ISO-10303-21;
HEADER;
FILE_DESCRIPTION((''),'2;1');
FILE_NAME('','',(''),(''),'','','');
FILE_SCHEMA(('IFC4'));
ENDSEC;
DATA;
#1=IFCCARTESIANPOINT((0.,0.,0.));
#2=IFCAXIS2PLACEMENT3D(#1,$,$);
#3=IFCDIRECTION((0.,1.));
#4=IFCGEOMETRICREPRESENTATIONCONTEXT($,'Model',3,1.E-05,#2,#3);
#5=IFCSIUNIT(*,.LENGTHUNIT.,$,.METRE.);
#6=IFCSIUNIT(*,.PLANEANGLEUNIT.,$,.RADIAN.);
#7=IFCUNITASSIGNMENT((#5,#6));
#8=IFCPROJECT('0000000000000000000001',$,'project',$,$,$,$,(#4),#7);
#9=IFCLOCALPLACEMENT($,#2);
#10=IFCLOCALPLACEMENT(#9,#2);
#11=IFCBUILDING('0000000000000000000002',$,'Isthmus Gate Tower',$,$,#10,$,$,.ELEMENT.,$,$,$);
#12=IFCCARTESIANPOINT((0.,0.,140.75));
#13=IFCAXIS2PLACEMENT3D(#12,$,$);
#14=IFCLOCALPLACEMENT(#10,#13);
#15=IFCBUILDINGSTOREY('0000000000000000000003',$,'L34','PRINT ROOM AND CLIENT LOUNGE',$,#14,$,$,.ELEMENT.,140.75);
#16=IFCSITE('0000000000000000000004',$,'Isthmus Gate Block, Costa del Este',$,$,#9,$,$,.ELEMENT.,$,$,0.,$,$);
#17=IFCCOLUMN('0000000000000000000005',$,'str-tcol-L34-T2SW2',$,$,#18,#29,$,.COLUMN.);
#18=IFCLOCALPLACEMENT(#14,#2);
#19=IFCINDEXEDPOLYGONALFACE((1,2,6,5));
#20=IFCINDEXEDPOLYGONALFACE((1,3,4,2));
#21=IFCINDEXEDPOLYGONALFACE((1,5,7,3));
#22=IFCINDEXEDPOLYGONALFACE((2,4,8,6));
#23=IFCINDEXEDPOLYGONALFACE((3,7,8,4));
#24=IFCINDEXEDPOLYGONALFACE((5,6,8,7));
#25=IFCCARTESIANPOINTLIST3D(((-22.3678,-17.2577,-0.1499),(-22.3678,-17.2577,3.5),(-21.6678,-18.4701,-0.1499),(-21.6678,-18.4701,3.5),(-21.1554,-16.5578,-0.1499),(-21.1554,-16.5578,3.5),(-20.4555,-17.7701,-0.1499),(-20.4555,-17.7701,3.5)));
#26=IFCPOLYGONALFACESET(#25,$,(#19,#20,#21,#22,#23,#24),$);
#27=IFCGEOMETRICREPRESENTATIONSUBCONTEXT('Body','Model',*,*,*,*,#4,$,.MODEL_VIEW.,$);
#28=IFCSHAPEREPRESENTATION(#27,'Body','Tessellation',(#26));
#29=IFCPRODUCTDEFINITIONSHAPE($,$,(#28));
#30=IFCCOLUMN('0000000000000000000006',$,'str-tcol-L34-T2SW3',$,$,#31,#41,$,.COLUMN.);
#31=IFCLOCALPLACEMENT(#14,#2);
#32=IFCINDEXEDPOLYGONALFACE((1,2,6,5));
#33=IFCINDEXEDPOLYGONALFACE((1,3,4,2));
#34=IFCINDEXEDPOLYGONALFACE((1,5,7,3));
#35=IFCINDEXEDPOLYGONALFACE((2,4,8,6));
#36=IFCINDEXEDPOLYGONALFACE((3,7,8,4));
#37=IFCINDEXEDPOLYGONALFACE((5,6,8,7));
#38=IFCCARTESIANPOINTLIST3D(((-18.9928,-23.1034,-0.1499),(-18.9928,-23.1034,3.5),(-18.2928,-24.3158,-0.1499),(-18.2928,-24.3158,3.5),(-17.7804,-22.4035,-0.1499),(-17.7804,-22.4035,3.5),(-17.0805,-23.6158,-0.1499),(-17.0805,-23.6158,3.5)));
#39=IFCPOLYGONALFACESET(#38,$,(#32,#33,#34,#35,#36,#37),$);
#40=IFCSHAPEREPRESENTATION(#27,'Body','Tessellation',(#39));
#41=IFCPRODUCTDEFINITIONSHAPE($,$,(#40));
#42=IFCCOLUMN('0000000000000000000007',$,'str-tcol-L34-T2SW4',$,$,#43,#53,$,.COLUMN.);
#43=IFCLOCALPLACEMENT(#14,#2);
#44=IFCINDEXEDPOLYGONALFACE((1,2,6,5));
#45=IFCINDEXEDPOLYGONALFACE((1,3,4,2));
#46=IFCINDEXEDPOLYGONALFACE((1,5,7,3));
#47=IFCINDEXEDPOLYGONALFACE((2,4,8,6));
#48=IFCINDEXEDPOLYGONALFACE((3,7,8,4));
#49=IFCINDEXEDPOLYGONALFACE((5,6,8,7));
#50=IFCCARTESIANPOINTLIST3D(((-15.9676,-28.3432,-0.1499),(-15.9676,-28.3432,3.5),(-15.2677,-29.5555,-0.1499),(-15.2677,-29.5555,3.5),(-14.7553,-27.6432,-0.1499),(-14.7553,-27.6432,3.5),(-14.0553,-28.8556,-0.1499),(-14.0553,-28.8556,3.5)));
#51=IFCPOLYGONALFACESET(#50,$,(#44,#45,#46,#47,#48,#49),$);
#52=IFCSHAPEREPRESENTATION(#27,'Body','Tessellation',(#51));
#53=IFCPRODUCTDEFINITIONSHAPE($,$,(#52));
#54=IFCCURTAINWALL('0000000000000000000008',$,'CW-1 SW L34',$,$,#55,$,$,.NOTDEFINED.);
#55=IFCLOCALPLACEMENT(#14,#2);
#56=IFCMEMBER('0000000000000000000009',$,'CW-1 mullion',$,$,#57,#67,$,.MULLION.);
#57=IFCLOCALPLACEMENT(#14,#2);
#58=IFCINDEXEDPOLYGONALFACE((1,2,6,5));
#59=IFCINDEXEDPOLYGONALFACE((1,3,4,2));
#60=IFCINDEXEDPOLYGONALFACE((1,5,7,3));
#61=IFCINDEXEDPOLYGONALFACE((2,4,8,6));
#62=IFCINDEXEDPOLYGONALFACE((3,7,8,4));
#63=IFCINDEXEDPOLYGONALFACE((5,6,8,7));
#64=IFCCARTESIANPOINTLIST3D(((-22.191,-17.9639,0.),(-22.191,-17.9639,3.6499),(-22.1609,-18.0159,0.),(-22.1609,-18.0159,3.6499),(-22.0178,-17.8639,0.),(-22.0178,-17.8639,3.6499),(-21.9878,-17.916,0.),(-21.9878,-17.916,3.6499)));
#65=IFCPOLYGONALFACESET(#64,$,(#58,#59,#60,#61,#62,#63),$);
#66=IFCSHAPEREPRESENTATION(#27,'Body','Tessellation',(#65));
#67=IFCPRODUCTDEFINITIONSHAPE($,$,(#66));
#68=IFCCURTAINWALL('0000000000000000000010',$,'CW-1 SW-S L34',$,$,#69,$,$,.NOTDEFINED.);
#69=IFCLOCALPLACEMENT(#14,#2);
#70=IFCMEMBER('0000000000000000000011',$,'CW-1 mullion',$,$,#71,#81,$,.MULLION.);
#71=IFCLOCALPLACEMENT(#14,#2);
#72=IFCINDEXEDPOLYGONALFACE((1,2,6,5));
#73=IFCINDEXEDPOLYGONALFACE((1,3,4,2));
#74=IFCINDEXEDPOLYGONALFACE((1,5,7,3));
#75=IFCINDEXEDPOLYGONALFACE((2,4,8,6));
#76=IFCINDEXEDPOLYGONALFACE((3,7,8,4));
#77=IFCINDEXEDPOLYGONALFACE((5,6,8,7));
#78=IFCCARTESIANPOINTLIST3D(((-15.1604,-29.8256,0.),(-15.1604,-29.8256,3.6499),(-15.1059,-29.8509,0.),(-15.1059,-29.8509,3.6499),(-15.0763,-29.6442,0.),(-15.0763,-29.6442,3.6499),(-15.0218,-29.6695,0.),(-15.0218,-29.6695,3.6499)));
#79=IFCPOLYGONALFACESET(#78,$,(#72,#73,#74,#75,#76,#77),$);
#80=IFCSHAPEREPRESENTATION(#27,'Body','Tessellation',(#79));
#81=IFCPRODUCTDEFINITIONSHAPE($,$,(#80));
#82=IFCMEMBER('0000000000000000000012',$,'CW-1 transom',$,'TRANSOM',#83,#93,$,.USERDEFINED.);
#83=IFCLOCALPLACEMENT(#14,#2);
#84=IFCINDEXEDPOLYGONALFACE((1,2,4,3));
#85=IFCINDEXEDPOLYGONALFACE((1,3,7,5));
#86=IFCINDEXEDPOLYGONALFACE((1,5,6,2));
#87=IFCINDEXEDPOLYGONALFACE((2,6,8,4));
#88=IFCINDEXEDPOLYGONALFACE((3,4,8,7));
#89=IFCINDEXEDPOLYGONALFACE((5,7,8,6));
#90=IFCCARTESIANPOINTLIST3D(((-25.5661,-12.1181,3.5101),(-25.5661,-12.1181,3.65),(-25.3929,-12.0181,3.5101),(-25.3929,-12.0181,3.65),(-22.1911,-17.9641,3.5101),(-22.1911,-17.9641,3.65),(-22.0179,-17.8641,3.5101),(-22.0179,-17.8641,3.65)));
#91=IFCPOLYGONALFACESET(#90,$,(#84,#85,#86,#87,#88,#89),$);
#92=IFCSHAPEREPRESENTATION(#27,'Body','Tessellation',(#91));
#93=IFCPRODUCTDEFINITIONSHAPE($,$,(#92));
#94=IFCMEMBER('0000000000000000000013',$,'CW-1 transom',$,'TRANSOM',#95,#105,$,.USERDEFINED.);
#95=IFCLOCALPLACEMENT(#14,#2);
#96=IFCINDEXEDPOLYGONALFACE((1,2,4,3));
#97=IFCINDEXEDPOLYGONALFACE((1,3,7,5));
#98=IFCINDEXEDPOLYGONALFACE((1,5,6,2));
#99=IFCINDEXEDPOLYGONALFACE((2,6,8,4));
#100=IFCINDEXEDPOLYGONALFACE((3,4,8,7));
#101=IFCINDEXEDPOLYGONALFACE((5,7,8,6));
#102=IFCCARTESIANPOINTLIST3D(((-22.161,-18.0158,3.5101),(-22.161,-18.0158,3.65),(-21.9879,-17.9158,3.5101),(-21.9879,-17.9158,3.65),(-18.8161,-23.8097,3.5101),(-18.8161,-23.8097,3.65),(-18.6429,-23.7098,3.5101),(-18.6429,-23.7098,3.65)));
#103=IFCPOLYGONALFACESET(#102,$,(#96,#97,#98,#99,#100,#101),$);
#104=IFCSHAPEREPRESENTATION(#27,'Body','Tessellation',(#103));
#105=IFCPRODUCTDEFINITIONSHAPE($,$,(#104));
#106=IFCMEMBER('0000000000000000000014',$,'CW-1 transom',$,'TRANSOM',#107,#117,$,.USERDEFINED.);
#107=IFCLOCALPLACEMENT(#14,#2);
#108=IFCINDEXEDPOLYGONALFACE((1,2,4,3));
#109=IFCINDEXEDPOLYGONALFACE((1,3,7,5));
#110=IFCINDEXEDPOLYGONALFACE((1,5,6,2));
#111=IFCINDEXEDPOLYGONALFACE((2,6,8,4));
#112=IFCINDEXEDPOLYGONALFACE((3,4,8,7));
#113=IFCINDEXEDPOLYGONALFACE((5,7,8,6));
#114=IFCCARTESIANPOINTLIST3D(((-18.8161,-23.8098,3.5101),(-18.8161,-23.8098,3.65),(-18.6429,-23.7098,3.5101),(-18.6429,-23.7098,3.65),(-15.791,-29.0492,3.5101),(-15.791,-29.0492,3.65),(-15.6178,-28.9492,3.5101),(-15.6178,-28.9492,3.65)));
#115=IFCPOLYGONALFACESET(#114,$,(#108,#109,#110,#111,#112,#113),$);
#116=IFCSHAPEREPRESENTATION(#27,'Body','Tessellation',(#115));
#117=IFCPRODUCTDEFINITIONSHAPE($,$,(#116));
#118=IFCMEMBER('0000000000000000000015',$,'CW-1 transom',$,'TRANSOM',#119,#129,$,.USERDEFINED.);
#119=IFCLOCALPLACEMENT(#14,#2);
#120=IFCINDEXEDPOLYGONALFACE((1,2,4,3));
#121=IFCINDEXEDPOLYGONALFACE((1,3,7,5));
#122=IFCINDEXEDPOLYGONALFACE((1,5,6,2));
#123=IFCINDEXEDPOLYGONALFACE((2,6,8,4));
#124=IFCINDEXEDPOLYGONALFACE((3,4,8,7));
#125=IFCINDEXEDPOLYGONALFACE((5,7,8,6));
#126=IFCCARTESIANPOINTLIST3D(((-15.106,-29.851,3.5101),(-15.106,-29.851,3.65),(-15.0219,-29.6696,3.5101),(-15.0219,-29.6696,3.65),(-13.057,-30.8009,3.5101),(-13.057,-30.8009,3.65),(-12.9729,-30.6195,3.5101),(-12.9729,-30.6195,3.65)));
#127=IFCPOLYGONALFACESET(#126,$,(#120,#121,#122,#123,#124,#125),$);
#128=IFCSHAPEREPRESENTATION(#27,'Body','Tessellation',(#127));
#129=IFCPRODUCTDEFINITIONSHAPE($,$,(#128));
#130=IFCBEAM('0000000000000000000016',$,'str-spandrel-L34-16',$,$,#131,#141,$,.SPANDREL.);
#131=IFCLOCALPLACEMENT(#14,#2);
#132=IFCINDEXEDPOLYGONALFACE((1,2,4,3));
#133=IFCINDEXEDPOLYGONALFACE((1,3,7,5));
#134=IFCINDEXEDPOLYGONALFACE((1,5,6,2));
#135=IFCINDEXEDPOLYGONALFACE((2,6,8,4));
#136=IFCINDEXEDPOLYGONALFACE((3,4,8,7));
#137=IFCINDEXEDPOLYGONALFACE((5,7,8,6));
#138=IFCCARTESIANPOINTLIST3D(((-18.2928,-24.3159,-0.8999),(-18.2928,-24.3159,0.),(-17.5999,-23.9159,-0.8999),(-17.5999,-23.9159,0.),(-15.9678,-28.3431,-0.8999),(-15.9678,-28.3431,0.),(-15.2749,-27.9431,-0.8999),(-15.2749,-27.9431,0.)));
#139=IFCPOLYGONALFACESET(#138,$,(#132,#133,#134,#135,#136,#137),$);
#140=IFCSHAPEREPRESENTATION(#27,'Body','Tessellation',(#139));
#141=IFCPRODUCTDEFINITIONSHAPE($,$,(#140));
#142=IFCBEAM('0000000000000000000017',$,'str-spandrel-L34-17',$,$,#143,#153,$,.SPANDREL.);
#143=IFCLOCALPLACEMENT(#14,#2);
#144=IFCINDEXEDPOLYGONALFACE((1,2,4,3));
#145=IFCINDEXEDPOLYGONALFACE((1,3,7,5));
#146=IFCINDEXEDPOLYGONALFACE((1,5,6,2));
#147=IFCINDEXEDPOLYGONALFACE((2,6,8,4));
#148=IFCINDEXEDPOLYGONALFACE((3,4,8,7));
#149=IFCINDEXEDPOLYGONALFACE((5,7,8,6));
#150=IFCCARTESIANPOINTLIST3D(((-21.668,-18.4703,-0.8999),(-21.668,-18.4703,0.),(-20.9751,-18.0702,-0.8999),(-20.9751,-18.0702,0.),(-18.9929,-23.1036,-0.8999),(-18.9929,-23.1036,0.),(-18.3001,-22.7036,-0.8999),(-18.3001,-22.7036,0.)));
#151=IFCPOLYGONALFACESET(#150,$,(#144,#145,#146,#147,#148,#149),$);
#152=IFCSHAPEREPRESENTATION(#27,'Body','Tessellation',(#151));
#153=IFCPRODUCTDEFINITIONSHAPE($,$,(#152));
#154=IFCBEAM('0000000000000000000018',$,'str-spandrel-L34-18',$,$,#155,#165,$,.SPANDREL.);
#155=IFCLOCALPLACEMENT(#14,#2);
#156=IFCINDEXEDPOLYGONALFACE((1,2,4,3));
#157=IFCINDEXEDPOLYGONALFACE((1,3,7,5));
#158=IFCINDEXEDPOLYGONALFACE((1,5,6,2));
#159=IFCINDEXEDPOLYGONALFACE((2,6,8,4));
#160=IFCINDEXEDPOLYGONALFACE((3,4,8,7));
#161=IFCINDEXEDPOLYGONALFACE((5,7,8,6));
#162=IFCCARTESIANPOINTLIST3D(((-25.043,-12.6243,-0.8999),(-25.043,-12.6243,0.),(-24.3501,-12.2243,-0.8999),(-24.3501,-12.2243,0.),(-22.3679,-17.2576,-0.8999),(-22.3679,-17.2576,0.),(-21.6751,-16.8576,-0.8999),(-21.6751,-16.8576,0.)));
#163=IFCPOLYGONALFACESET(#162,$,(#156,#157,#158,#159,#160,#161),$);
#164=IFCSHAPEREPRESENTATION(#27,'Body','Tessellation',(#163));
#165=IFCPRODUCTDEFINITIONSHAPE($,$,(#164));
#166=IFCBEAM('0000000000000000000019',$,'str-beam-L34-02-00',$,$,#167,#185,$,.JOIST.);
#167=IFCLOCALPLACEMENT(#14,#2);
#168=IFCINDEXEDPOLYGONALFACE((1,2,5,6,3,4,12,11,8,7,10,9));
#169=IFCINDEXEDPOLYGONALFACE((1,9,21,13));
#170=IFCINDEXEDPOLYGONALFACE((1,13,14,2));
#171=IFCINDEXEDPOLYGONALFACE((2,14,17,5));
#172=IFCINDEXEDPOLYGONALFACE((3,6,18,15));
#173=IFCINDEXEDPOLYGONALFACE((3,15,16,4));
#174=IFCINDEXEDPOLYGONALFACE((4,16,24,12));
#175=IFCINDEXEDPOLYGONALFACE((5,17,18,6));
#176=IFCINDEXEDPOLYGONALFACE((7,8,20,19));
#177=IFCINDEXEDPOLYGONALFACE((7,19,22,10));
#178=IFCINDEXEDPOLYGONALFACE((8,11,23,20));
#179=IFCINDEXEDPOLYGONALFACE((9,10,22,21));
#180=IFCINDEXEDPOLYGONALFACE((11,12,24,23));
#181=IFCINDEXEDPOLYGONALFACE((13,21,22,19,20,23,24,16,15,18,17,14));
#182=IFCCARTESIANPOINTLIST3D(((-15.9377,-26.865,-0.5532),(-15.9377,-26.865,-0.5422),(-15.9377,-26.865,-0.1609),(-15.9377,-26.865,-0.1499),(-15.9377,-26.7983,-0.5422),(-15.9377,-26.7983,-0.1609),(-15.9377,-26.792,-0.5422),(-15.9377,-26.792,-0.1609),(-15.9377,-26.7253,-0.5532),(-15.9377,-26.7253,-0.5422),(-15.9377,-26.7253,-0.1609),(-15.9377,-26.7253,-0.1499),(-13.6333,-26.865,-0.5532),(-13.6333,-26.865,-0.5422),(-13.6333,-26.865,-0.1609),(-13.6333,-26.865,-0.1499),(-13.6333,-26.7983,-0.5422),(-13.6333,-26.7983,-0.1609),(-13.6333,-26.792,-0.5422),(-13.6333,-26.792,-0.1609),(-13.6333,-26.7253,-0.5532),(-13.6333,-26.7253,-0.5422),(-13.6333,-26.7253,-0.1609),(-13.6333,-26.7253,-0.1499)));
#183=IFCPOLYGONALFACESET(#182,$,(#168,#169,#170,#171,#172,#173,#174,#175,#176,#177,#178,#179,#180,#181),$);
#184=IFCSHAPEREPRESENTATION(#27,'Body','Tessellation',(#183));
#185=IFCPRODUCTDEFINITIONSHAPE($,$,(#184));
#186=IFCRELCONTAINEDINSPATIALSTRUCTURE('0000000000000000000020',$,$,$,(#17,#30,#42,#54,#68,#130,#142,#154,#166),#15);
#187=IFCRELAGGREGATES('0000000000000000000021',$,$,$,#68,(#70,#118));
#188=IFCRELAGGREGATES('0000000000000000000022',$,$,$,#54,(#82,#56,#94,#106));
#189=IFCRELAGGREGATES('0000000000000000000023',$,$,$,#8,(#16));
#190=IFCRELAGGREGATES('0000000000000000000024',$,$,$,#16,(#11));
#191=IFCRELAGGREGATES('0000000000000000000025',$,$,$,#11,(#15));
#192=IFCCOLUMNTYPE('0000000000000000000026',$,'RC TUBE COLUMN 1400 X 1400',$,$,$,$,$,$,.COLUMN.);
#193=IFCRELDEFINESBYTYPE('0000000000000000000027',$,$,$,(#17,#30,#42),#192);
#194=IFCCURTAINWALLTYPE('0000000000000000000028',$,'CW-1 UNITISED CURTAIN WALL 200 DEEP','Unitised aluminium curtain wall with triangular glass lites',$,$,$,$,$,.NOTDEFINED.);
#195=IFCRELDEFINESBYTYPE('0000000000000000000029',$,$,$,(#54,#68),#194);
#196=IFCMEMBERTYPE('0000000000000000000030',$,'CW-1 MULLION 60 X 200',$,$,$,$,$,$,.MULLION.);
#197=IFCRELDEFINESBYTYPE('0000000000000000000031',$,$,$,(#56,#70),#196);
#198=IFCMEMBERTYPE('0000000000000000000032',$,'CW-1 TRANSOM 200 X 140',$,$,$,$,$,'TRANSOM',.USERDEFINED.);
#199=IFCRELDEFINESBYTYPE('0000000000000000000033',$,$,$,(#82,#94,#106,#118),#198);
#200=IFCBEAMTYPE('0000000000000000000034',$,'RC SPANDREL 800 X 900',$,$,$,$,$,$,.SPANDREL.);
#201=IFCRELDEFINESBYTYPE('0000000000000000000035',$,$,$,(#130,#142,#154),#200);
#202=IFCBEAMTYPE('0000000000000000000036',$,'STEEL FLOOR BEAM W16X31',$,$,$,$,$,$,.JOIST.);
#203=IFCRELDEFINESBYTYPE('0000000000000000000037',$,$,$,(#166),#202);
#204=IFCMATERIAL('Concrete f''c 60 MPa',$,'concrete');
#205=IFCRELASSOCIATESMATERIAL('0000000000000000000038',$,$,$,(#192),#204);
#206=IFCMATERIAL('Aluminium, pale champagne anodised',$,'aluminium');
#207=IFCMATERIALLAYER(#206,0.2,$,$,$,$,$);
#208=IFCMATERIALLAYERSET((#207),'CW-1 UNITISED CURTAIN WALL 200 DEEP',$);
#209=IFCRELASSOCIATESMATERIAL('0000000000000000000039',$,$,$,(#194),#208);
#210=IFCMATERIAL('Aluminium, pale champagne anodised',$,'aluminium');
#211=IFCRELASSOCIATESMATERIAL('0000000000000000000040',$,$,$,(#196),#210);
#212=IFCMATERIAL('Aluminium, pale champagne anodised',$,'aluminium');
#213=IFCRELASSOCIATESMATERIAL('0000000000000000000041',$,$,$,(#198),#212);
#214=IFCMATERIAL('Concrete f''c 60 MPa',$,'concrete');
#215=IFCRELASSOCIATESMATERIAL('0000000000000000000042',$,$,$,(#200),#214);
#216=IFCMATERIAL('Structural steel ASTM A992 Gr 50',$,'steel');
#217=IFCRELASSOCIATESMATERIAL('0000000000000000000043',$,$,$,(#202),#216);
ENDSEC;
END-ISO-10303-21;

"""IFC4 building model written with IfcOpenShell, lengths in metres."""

from ifc_helpers import new_model, si_unit, direction, frame, origin, origin_2d, place, context, subcontext, project, spatial, rectangle, i_section, extrude, material, layer, layer_set, material_profile, profile_set, type_object, element, aggregate, save


model = new_model("IFC4")

# Units and contexts
model_context = context("Model", 3, precision=1e-05, world=origin(), true_north=direction((0.0, 1.0)))
body_context = subcontext(model_context, "Body", "Model", "MODEL_VIEW")
ifc_project = project(units=[si_unit("LENGTHUNIT", "METRE"), si_unit("PLANEANGLEUNIT", "RADIAN")], contexts=[model_context])

# Site, building, storey
site_placement = place(None, origin())
site = spatial("IfcSite", under=ifc_project, at=site_placement, Name="Isthmus Gate Block, Costa del Este", CompositionType="ELEMENT", RefElevation=0.0)
building_placement = place(site_placement, origin())
building = spatial("IfcBuilding", under=site, at=building_placement, Name="Isthmus Gate Tower", CompositionType="ELEMENT")
storey_placement = place(building_placement, frame((0.0, 0.0, 140.75)))
storey = spatial("IfcBuildingStorey", under=building, at=storey_placement, Name="L34", Description="PRINT ROOM AND CLIENT LOUNGE", CompositionType="ELEMENT", Elevation=140.75)

# Columns
ifc_material_1 = material(Name="Concrete f'c 60 MPa", Category="concrete")
ifc_material_profile_1 = material_profile(ifc_material_1, rectangle(XDim=1.3999, YDim=1.3999, at=origin_2d()), Name="RC 1400X1400")
ifc_profile_set_1 = profile_set([ifc_material_profile_1], Name="Concrete f'c 60 MPa")
column_type = type_object("IfcColumnType", Name="RC TUBE COLUMN 1400 X 1400", PredefinedType="COLUMN", material=ifc_profile_set_1)
for number, where, z_axis, x_axis, name in (
    (1, (-21.4116, -17.5139, -0.1499), (0.0, 0.0, 1.0), (0.5, -0.866025, 0.0), "str-tcol-L34-T2SW2"),
    (2, (-18.0366, -23.3596, -0.1499), (0.0, 0.0, 1.0), (0.5, -0.866025, 0.0), "str-tcol-L34-T2SW3"),
    (3, (-15.0115, -28.5994, -0.1499), (0.0, 0.0, 1.0), (0.5, -0.866025, 0.0), "str-tcol-L34-T2SW4"),
):
    element("IfcColumn", number, at=place(storey_placement, frame(where, z_axis=z_axis, x_axis=x_axis)), inside=storey, type_object=column_type, Name=name, PredefinedType="COLUMN", context=body_context, shape_type="SweptSolid", body=[
        extrude(rectangle(XDim=1.3999, YDim=1.3999, at=origin_2d()), origin(), (0.0, 0.0, 1.0), 3.6499),
    ])

# Curtain walls, members
ifc_material_2 = material(Name="Aluminium, pale champagne anodised", Category="aluminium")
ifc_layer_1 = layer(ifc_material_2, 0.2)
ifc_layer_set_1 = layer_set([ifc_layer_1], Name="CW-1 UNITISED CURTAIN WALL 200 DEEP")
curtain_wall_type = type_object("IfcCurtainWallType", Name="CW-1 UNITISED CURTAIN WALL 200 DEEP", Description="Unitised aluminium curtain wall with triangular glass lites", PredefinedType="NOTDEFINED", material=ifc_layer_set_1)
curtain_wall_1_placement = place(storey_placement, origin())
curtain_wall_1 = element("IfcCurtainWall", 4, at=curtain_wall_1_placement, inside=storey, type_object=curtain_wall_type, Name="CW-1 SW L34", PredefinedType="NOTDEFINED")
ifc_material_3 = material(Name="Aluminium, pale champagne anodised", Category="aluminium")
ifc_material_profile_2 = material_profile(ifc_material_3, rectangle(XDim=0.0601, YDim=0.2, at=origin_2d()), Name="60x200")
ifc_profile_set_2 = profile_set([ifc_material_profile_2], Name="Aluminium, pale champagne anodised")
member_type_1 = type_object("IfcMemberType", Name="CW-1 MULLION 60 X 200", PredefinedType="MULLION", material=ifc_profile_set_2)
member_1_placement = place(storey_placement, frame((-22.0894, -17.9399, 0.0), z_axis=(0.0, 0.0, 1.0), x_axis=(0.5, -0.866025, 0.0)))
member_1 = element("IfcMember", 5, at=member_1_placement, type_object=member_type_1, Name="CW-1 mullion", PredefinedType="MULLION", context=body_context, shape_type="SweptSolid", body=[
    extrude(rectangle(XDim=0.0601, YDim=0.2, at=origin_2d()), origin(), (0.0, 0.0, 1.0), 3.6499),
])
curtain_wall_2_placement = place(storey_placement, origin())
curtain_wall_2 = element("IfcCurtainWall", 6, at=curtain_wall_2_placement, inside=storey, type_object=curtain_wall_type, Name="CW-1 SW-S L34", PredefinedType="NOTDEFINED")
member_2_placement = place(storey_placement, frame((-15.0911, -29.7476, 0.0), z_axis=(0.0, 0.0, 1.0), x_axis=(0.907256, -0.420578, 0.0)))
member_2 = element("IfcMember", 7, at=member_2_placement, type_object=member_type_1, Name="CW-1 mullion", PredefinedType="MULLION", context=body_context, shape_type="SweptSolid", body=[
    extrude(rectangle(XDim=0.0601, YDim=0.2, at=origin_2d()), origin(), (0.0, 0.0, 1.0), 3.6499),
])

# Members
ifc_material_4 = material(Name="Aluminium, pale champagne anodised", Category="aluminium")
ifc_material_profile_3 = material_profile(ifc_material_4, rectangle(XDim=0.2, YDim=0.1399, at=origin_2d()), Name="200x140")
ifc_profile_set_3 = profile_set([ifc_material_profile_3], Name="Aluminium, pale champagne anodised")
member_type_2 = type_object("IfcMemberType", Name="CW-1 TRANSOM 200 X 140", ElementType="TRANSOM", PredefinedType="USERDEFINED", material=ifc_profile_set_3)
member_3_placement = place(storey_placement, frame((-25.4795, -12.0681, 3.5801), z_axis=(0.499982, -0.866036, 0.0), x_axis=(0.866036, 0.499982, 0.0)))
member_3 = element("IfcMember", 8, at=member_3_placement, type_object=member_type_2, Name="CW-1 transom", ObjectType="TRANSOM", PredefinedType="USERDEFINED", context=body_context, shape_type="SweptSolid", body=[
    extrude(rectangle(XDim=0.2, YDim=0.1399, at=origin_2d()), origin(), (0.0, 0.0, 1.0), 6.7502),
])
member_4_placement = place(storey_placement, frame((-22.0745, -17.9658, 3.5801), z_axis=(0.499981, -0.866036, 0.0), x_axis=(0.866036, 0.499981, 0.0)))
member_4 = element("IfcMember", 9, at=member_4_placement, type_object=member_type_2, Name="CW-1 transom", ObjectType="TRANSOM", PredefinedType="USERDEFINED", context=body_context, shape_type="SweptSolid", body=[
    extrude(rectangle(XDim=0.2, YDim=0.1399, at=origin_2d()), origin(), (0.0, 0.0, 1.0), 6.6902),
])
member_5_placement = place(storey_placement, frame((-18.7295, -23.7598, 3.5801), z_axis=(0.500015, -0.866017, 0.0), x_axis=(0.866017, 0.500015, 0.0)))
member_5 = element("IfcMember", 10, at=member_5_placement, type_object=member_type_2, Name="CW-1 transom", ObjectType="TRANSOM", PredefinedType="USERDEFINED", context=body_context, shape_type="SweptSolid", body=[
    extrude(rectangle(XDim=0.2, YDim=0.1399, at=origin_2d()), origin(), (0.0, 0.0, 1.0), 6.05),
])
member_6_placement = place(storey_placement, frame((-15.064, -29.7603, 3.5801), z_axis=(0.907246, -0.4206, 0.0), x_axis=(0.4206, 0.907246, 0.0)))
member_6 = element("IfcMember", 11, at=member_6_placement, type_object=member_type_2, Name="CW-1 transom", ObjectType="TRANSOM", PredefinedType="USERDEFINED", context=body_context, shape_type="SweptSolid", body=[
    extrude(rectangle(XDim=0.2, YDim=0.1399, at=origin_2d()), origin(), (0.0, 0.0, 1.0), 2.2585),
])
aggregate(curtain_wall_2, [member_2, member_6])

# Beams
ifc_material_5 = material(Name="Concrete f'c 60 MPa", Category="concrete")
ifc_material_profile_4 = material_profile(ifc_material_5, rectangle(XDim=0.8, YDim=0.8999, at=origin_2d()), Name="RC 800X900")
ifc_profile_set_4 = profile_set([ifc_material_profile_4], Name="Concrete f'c 60 MPa")
beam_type_1 = type_object("IfcBeamType", Name="RC SPANDREL 800 X 900", PredefinedType="SPANDREL", material=ifc_profile_set_4)
beam_1_placement = place(storey_placement, frame((-15.6213, -28.1431, -0.45), z_axis=(-0.499985, 0.866034, 0.0), x_axis=(-0.866034, -0.499985, 0.0)))
element("IfcBeam", 12, at=beam_1_placement, inside=storey, type_object=beam_type_1, Name="str-spandrel-L34-16", PredefinedType="SPANDREL", context=body_context, shape_type="SweptSolid", body=[
    extrude(rectangle(XDim=0.8, YDim=0.8999, at=origin_2d()), origin(), (0.0, 0.0, 1.0), 4.6501),
])
for number, where, z_axis, x_axis, name in (
    (13, (-18.6465, -22.9036, -0.45), (-0.500002, 0.866024, 0.0), (-0.866024, -0.500002, 0.0), "str-spandrel-L34-17"),
    (14, (-22.0215, -17.0576, -0.45), (-0.500002, 0.866024, 0.0), (-0.866024, -0.500002, 0.0), "str-spandrel-L34-18"),
):
    element("IfcBeam", number, at=place(storey_placement, frame(where, z_axis=z_axis, x_axis=x_axis)), inside=storey, type_object=beam_type_1, Name=name, PredefinedType="SPANDREL", context=body_context, shape_type="SweptSolid", body=[
        extrude(rectangle(XDim=0.8, YDim=0.8999, at=origin_2d()), origin(), (0.0, 0.0, 1.0), 5.3501),
    ])
ifc_material_6 = material(Name="Structural steel ASTM A992 Gr 50", Category="steel")
ifc_material_profile_5 = material_profile(ifc_material_6, i_section(OverallWidth=0.1396, OverallDepth=0.4033, WebThickness=0.0063, FlangeThickness=0.011, at=origin_2d()), Name="W16X31")
ifc_profile_set_5 = profile_set([ifc_material_profile_5], Name="Structural steel ASTM A992 Gr 50")
beam_type_2 = type_object("IfcBeamType", Name="STEEL FLOOR BEAM W16X31", PredefinedType="JOIST", material=ifc_profile_set_5)
beam_2_placement = place(storey_placement, frame((-15.9377, -26.7952, -0.3516), z_axis=(1.0, 0.0, 0.0), x_axis=(0.0, 1.0, 0.0)))
element("IfcBeam", 15, at=beam_2_placement, inside=storey, type_object=beam_type_2, Name="str-beam-L34-02-00", PredefinedType="JOIST", context=body_context, shape_type="SweptSolid", body=[
    extrude(i_section(OverallWidth=0.1396, OverallDepth=0.4033, WebThickness=0.0063, FlangeThickness=0.011, at=origin_2d()), origin(), (0.0, 0.0, 1.0), 2.3044),
])

aggregate(curtain_wall_1, [member_3, member_1, member_4, member_5])

save(model, "model.ifc")
